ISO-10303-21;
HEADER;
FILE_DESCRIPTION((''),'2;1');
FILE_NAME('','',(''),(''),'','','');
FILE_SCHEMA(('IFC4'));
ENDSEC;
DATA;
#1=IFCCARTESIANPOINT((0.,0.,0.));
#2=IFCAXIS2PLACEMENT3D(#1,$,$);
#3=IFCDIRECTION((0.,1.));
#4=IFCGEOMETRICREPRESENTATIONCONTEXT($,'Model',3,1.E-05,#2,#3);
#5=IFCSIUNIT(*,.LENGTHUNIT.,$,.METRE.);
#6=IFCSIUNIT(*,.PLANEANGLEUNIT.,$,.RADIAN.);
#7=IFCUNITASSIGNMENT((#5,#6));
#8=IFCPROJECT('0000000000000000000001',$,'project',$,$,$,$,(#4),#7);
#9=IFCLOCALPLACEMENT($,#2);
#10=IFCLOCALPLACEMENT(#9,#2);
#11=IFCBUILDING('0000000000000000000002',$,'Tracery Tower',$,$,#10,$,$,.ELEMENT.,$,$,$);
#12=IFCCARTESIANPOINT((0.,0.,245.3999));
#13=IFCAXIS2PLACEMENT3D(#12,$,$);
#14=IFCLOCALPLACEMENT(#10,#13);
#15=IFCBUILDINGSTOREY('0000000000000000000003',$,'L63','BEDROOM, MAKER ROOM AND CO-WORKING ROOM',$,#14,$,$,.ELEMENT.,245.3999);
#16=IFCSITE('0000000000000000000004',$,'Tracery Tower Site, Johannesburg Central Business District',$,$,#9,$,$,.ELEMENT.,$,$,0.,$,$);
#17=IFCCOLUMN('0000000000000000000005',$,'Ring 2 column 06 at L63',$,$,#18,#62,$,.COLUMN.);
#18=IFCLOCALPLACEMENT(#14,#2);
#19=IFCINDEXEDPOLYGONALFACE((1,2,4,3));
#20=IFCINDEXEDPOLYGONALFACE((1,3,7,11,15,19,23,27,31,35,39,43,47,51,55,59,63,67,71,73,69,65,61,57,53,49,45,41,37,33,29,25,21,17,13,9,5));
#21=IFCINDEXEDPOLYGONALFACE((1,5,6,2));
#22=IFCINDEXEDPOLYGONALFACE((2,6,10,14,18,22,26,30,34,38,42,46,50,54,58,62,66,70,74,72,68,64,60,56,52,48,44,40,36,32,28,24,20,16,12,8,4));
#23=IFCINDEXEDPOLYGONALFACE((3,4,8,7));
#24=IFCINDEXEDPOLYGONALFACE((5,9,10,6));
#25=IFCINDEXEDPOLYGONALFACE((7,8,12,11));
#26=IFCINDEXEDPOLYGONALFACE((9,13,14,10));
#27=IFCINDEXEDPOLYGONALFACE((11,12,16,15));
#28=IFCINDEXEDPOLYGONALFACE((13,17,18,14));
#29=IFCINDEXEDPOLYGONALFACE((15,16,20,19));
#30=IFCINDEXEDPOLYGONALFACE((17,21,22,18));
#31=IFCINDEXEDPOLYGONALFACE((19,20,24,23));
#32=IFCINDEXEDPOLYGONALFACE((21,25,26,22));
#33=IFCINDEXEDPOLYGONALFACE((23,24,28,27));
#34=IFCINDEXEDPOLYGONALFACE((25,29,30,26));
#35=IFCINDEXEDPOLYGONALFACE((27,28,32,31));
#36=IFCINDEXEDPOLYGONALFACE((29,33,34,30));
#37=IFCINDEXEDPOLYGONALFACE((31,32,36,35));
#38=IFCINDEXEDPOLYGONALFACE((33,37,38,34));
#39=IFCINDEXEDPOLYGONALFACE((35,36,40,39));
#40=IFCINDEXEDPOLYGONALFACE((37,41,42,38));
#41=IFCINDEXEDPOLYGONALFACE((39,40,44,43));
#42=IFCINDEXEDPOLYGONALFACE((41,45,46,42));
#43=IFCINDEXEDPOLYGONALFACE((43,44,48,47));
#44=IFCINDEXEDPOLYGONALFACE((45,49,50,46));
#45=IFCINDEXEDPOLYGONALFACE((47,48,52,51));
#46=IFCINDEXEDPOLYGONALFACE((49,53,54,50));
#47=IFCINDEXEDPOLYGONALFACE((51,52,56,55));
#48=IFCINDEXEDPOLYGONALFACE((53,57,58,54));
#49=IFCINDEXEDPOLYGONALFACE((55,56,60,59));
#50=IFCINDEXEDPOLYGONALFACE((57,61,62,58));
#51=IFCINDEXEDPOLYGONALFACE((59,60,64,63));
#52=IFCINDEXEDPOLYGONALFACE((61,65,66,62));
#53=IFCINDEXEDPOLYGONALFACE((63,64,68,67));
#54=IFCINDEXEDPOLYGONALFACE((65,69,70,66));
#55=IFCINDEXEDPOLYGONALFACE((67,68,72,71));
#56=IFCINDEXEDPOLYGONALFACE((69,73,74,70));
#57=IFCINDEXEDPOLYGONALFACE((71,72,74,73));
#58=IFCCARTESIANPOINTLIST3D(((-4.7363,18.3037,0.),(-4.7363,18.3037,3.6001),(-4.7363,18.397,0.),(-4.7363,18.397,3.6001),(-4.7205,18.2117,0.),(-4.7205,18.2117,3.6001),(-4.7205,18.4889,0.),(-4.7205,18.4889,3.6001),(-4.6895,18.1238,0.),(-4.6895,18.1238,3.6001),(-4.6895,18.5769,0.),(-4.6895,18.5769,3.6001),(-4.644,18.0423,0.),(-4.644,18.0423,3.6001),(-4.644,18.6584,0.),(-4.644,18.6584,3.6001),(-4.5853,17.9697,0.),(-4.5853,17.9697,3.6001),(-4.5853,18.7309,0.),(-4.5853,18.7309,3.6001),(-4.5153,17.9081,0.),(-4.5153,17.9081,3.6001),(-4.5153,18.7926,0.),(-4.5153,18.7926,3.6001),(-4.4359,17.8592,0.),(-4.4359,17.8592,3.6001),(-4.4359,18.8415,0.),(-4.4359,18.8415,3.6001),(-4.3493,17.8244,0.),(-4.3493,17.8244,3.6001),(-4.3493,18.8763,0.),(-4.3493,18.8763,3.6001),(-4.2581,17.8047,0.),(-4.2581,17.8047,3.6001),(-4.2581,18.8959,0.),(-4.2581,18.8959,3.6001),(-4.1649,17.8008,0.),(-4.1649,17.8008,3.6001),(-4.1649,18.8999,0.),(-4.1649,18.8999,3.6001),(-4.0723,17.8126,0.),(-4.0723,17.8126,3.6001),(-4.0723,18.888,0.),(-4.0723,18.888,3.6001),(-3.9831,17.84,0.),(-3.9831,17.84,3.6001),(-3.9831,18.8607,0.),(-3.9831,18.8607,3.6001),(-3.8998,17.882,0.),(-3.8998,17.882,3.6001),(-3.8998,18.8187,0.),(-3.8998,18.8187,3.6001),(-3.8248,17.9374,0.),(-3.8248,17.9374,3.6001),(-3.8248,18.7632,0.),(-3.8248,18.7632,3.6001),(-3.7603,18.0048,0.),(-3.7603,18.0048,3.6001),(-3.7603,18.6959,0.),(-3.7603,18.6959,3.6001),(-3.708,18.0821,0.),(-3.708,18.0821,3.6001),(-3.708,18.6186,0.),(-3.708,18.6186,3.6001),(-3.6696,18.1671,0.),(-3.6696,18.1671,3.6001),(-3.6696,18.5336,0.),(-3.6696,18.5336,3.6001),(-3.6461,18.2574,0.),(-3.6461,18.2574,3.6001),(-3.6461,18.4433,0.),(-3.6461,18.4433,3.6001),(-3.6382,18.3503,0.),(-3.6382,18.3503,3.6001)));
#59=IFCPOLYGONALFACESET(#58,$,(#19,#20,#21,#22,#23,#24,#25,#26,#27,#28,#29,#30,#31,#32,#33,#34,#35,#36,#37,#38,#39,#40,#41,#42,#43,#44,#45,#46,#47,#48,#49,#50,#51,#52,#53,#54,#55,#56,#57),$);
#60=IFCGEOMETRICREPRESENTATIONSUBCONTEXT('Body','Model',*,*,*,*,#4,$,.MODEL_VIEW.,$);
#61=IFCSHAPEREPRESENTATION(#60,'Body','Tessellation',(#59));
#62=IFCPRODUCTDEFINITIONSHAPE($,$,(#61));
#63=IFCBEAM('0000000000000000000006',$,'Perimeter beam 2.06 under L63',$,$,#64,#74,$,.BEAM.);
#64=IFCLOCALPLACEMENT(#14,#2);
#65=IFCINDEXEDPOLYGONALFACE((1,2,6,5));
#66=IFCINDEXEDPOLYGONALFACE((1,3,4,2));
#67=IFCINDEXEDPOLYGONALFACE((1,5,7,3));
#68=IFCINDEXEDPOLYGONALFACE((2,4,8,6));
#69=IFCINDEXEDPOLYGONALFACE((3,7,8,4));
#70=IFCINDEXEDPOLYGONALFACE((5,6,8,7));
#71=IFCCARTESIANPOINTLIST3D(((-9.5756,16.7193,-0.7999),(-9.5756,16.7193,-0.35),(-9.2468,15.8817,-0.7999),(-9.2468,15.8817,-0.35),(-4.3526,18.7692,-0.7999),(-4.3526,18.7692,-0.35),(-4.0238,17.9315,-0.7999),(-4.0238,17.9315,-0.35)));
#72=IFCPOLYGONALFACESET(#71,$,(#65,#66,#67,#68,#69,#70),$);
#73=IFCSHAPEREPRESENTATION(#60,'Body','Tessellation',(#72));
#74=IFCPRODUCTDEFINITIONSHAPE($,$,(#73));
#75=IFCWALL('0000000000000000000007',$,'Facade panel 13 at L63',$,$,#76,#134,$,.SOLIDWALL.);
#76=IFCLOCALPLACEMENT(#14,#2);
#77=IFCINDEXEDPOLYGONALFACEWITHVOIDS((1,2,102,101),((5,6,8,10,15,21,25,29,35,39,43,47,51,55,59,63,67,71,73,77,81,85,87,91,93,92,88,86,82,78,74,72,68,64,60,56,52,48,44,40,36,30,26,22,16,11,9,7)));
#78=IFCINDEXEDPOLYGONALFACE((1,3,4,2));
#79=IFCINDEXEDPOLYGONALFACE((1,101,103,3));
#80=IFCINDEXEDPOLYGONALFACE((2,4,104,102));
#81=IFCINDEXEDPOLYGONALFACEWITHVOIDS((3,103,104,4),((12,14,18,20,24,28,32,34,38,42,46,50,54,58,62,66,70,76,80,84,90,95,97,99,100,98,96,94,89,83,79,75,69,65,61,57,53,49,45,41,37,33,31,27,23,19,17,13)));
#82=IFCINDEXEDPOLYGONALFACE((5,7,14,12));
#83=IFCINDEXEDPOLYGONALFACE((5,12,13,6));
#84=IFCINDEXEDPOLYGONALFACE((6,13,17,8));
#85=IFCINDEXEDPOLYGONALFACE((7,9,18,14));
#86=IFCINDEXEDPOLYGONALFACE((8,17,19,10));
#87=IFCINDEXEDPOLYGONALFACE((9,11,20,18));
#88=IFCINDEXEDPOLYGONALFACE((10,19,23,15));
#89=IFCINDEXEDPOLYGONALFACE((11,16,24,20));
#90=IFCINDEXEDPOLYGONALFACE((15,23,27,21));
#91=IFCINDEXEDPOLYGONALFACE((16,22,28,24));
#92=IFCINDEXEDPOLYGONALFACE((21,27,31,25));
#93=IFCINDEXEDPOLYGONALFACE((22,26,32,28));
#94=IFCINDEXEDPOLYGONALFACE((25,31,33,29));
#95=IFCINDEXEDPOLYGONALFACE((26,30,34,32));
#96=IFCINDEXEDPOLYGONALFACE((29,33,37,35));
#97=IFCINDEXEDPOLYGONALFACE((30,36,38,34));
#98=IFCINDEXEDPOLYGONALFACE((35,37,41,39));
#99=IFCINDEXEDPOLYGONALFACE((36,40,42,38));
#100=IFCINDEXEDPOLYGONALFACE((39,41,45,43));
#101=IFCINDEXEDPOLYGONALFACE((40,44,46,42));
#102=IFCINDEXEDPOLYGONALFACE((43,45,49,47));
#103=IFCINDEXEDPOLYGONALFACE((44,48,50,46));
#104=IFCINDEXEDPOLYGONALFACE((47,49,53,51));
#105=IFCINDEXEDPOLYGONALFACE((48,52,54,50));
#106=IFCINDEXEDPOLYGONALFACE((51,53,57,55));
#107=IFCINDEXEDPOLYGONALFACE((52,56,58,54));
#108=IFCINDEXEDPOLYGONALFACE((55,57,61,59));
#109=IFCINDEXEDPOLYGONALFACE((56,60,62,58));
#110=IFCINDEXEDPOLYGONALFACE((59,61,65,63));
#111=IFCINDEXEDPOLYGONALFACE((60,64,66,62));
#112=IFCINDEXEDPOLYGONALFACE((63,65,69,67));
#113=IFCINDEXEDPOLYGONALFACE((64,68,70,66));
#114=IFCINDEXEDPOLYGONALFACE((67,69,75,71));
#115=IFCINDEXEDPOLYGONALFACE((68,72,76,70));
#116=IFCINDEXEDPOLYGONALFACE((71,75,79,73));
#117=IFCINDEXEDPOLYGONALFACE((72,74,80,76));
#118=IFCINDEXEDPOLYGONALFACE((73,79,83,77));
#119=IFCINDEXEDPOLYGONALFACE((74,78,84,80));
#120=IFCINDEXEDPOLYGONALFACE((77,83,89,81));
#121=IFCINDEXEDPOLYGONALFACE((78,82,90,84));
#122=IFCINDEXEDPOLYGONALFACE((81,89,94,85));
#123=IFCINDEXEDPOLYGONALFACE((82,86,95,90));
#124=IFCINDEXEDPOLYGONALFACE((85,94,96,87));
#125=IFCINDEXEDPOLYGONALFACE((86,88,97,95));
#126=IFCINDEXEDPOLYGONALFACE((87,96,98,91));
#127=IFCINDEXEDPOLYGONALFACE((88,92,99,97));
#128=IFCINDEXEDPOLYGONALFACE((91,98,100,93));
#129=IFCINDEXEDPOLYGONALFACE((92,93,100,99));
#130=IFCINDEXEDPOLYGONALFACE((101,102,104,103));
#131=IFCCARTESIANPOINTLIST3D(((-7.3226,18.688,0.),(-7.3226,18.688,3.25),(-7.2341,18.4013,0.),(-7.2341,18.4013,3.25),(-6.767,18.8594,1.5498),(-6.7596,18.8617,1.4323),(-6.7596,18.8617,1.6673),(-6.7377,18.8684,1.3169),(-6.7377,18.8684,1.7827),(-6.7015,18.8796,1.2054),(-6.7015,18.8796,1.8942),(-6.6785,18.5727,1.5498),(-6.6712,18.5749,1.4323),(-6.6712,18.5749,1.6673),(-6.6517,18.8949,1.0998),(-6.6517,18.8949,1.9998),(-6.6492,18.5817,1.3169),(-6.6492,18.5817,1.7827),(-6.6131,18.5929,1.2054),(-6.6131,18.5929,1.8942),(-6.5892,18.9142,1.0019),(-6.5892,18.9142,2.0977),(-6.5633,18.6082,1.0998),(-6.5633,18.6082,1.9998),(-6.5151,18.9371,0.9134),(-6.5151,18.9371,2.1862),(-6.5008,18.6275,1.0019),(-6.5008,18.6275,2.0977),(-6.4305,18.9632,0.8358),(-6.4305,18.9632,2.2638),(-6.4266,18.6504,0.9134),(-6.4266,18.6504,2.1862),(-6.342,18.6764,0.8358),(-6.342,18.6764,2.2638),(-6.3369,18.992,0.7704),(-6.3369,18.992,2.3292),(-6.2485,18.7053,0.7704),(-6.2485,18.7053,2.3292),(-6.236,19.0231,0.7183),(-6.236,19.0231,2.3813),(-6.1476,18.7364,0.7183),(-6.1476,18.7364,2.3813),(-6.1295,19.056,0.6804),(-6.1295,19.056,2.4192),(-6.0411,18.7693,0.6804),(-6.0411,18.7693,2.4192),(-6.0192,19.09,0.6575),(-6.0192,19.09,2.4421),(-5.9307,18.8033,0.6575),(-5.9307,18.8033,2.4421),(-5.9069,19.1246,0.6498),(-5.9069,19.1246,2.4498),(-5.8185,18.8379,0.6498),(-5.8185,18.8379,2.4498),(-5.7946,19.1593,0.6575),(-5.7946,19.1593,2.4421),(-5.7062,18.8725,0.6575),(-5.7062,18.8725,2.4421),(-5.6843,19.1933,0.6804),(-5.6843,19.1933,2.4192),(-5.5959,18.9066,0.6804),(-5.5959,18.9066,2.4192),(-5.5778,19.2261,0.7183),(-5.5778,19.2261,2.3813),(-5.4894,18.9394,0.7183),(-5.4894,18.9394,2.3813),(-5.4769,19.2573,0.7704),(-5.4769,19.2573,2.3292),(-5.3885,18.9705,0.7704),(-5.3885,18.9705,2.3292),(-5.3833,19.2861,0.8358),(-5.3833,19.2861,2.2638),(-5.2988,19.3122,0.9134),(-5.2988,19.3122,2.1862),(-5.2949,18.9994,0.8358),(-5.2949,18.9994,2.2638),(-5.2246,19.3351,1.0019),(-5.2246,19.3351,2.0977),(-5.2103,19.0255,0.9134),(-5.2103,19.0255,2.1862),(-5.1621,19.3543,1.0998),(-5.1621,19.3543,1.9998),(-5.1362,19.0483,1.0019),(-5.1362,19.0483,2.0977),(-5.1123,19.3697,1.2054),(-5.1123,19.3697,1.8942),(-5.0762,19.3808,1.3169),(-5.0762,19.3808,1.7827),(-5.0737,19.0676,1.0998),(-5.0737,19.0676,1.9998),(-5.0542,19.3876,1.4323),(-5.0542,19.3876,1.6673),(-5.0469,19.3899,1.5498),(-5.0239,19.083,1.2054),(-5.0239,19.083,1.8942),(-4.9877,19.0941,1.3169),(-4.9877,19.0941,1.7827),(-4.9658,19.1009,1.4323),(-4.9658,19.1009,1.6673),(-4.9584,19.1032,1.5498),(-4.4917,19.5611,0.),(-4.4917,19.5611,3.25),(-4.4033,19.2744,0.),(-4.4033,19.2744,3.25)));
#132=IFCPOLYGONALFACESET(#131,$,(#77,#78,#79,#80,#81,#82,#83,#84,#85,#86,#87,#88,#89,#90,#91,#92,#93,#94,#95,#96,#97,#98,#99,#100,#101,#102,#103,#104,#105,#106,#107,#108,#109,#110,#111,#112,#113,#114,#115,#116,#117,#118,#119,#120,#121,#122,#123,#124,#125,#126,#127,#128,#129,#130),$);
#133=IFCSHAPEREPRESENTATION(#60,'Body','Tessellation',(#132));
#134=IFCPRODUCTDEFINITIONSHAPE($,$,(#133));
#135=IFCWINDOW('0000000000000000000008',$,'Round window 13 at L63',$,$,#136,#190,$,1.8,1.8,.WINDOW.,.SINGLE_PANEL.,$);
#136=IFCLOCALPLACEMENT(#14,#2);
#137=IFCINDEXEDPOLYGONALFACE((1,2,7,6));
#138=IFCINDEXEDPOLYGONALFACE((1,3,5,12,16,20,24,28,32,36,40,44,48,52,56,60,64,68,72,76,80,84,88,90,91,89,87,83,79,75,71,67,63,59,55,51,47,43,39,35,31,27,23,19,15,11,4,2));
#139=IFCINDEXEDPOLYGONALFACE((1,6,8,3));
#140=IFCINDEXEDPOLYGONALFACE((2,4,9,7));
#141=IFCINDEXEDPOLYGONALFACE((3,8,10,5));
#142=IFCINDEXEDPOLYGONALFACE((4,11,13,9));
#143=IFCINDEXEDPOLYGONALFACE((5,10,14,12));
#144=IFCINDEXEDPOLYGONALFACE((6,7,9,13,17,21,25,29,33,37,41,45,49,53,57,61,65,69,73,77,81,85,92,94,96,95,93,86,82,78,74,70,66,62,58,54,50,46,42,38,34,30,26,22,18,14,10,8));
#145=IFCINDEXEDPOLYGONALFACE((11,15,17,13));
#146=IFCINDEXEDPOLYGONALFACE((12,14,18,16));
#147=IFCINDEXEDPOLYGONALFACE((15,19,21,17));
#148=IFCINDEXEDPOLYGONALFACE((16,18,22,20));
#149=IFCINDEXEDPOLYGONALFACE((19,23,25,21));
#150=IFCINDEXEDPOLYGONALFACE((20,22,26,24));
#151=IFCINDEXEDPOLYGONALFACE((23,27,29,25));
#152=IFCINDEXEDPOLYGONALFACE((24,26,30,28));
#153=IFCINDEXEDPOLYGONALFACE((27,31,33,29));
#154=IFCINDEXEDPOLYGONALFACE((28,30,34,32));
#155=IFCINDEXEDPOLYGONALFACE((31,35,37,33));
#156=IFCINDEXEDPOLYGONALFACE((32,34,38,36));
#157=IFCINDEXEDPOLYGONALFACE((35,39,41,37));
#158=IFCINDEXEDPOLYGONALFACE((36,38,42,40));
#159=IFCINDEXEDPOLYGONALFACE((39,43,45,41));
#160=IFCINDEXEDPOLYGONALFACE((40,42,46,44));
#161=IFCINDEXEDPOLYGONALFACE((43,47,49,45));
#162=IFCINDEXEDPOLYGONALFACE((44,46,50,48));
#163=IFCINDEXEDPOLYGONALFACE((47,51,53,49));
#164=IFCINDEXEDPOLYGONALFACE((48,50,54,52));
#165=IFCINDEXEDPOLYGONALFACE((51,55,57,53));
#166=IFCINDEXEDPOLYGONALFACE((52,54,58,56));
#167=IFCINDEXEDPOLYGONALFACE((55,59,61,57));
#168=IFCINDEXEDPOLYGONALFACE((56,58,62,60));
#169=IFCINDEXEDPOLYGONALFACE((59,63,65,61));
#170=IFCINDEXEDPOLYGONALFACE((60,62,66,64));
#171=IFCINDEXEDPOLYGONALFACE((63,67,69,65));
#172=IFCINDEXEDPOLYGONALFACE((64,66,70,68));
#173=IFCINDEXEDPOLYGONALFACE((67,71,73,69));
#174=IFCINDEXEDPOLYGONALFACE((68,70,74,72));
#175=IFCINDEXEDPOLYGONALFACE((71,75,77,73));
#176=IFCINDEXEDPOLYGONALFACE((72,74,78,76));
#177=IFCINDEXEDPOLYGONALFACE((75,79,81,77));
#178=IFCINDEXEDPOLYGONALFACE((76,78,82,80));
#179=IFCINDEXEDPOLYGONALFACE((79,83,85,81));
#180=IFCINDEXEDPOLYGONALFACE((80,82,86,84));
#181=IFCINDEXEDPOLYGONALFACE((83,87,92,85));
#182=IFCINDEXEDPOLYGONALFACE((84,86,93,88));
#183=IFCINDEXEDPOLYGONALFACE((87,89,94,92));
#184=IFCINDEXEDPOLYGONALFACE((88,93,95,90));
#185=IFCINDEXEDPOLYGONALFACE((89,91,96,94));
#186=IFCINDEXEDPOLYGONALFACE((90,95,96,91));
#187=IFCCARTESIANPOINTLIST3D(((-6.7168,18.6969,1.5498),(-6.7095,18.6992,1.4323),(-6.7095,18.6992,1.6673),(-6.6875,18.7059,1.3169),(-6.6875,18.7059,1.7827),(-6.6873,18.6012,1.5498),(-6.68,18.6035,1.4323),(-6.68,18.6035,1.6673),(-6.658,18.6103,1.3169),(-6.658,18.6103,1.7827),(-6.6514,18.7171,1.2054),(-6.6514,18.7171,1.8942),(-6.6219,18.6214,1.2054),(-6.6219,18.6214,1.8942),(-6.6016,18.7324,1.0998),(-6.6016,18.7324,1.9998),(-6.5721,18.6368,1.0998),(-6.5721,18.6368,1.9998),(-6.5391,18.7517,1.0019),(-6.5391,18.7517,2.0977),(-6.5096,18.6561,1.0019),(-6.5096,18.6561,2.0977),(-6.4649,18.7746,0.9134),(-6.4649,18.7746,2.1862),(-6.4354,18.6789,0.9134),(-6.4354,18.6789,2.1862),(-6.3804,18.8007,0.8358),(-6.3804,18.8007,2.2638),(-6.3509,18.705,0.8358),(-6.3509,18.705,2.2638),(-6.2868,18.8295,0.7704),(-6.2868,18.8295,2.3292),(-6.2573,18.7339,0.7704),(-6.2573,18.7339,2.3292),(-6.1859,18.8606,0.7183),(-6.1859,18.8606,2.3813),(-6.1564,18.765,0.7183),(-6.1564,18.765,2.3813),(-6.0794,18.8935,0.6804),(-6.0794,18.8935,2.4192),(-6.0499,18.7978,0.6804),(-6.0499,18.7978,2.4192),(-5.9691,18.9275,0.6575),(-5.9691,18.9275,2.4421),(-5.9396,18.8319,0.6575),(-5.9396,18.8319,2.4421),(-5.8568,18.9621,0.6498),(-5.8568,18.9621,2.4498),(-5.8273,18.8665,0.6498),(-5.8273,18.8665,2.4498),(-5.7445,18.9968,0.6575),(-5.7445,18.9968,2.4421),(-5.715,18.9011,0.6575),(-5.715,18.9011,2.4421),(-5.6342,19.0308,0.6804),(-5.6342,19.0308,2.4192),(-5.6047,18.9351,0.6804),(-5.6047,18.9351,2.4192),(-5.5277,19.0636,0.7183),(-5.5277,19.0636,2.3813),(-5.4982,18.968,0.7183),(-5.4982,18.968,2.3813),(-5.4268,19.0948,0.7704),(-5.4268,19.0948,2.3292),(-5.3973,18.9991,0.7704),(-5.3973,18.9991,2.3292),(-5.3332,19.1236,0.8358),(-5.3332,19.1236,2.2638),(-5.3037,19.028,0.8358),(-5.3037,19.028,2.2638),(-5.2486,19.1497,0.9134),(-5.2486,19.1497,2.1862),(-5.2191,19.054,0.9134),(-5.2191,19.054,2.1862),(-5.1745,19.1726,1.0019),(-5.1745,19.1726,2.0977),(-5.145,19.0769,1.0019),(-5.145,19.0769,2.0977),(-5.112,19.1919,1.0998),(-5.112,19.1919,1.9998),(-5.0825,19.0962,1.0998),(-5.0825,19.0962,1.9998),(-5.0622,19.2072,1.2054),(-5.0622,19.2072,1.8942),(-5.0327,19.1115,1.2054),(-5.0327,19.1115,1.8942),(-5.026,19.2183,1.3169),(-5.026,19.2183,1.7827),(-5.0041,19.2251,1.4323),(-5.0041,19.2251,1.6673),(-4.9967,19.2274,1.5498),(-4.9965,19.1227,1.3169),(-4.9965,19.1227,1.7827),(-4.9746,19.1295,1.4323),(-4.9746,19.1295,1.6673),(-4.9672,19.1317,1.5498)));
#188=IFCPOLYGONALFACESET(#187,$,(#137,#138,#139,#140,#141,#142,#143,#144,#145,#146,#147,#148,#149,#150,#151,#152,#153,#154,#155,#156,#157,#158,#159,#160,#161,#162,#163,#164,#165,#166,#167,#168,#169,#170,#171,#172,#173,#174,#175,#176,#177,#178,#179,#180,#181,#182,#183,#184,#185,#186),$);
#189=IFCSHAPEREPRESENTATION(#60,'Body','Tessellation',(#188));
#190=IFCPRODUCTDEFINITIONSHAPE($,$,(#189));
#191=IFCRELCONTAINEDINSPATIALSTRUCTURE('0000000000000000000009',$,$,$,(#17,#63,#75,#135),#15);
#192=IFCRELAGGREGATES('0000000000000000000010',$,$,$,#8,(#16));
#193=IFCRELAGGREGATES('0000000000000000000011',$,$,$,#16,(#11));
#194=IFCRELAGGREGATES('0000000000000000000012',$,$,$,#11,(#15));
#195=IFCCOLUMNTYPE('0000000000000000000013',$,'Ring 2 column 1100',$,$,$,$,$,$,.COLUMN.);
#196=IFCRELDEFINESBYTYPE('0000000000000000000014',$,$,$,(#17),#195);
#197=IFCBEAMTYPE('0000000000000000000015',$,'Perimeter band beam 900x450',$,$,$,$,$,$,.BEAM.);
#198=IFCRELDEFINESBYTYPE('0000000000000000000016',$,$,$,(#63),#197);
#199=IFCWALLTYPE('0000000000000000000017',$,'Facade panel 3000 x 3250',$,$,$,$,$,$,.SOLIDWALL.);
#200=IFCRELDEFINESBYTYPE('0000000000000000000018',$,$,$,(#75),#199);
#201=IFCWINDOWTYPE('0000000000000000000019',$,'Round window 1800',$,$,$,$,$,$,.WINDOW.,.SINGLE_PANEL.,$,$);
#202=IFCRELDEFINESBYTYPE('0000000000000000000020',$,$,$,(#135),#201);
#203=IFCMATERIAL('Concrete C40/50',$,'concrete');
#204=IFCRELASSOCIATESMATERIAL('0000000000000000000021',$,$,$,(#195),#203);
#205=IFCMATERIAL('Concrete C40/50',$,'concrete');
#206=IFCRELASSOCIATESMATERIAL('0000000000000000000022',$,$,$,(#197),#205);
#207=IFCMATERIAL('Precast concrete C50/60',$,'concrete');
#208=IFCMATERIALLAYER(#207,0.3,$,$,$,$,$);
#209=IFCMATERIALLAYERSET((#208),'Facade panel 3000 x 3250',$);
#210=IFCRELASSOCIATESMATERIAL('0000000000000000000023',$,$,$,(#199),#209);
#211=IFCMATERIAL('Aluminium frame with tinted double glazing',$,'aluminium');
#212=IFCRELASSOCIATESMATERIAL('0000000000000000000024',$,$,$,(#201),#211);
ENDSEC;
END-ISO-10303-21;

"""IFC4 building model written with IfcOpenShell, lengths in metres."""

from ifc_helpers import new_model, si_unit, direction, frame, frame_2d, origin, origin_2d, place, context, subcontext, project, spatial, rectangle, circle, extrude, material, layer, layer_set, material_profile, profile_set, type_object, element, fill, save


model = new_model("IFC4")

# Units and contexts
model_context = context("Model", 3, precision=1e-05, world=origin(), true_north=direction((0.0, 1.0)))
body_context = subcontext(model_context, "Body", "Model", "MODEL_VIEW")
ifc_project = project(units=[si_unit("LENGTHUNIT", "METRE"), si_unit("PLANEANGLEUNIT", "RADIAN")], contexts=[model_context])

# Site, building, storey
site_placement = place(None, origin())
site = spatial("IfcSite", under=ifc_project, at=site_placement, Name="Tracery Tower Site, Johannesburg Central Business District", CompositionType="ELEMENT", RefElevation=0.0)
building_placement = place(site_placement, origin())
building = spatial("IfcBuilding", under=site, at=building_placement, Name="Tracery Tower", CompositionType="ELEMENT")
storey_placement = place(building_placement, frame((0.0, 0.0, 245.3999)))
storey = spatial("IfcBuildingStorey", under=building, at=storey_placement, Name="L63", Description="BEDROOM, MAKER ROOM AND CO-WORKING ROOM", CompositionType="ELEMENT", Elevation=245.3999)

# Column
ifc_material_1 = material(Name="Concrete C40/50", Category="concrete")
ifc_material_profile_1 = material_profile(ifc_material_1, circle(Radius=0.55, at=origin_2d()), Name="RC D1100")
ifc_profile_set_1 = profile_set([ifc_material_profile_1], Name="Concrete C40/50")
column_type = type_object("IfcColumnType", Name="Ring 2 column 1100", PredefinedType="COLUMN", material=ifc_profile_set_1)
column_placement = place(storey_placement, frame((-4.1882, 18.3503, 0.0), z_axis=(0.0, 0.0, 1.0), x_axis=(1.0, 0.0, 0.0)))
element("IfcColumn", 1, at=column_placement, inside=storey, type_object=column_type, Name="Ring 2 column 06 at L63", PredefinedType="COLUMN", context=body_context, shape_type="SweptSolid", body=[
    extrude(circle(Radius=0.55, at=origin_2d()), origin(), (0.0, 0.0, 1.0), 3.6001),
])

# Beam
ifc_material_2 = material(Name="Concrete C40/50", Category="concrete")
ifc_material_profile_2 = material_profile(ifc_material_2, rectangle(XDim=0.8999, YDim=0.45, at=origin_2d()), Name="RC 900x450")
ifc_profile_set_2 = profile_set([ifc_material_profile_2], Name="Concrete C40/50")
beam_type = type_object("IfcBeamType", Name="Perimeter band beam 900x450", PredefinedType="BEAM", material=ifc_profile_set_2)
beam_placement = place(storey_placement, frame((-4.1882, 18.3503, -0.575), z_axis=(-0.930876, -0.365336, 0.0), x_axis=(0.365336, -0.930876, 0.0)))
element("IfcBeam", 2, at=beam_placement, inside=storey, type_object=beam_type, Name="Perimeter beam 2.06 under L63", PredefinedType="BEAM", context=body_context, shape_type="SweptSolid", body=[
    extrude(rectangle(XDim=0.8999, YDim=0.45, at=origin_2d()), origin(), (0.0, 0.0, 1.0), 5.6108),
])

# Wall, opening, window
ifc_material_3 = material(Name="Precast concrete C50/60", Category="concrete")
ifc_layer_1 = layer(ifc_material_3, 0.3)
ifc_layer_set_1 = layer_set([ifc_layer_1], Name="Facade panel 3000 x 3250")
wall_type_1 = type_object("IfcWallType", Name="Facade panel 3000 x 3250", PredefinedType="SOLIDWALL", material=ifc_layer_set_1)
wall_1_placement = place(storey_placement, frame((-4.4475, 19.4177, 0.0), z_axis=(0.0, 0.0, 1.0), x_axis=(-0.955586, -0.294711, 0.0)))
wall_1 = element("IfcWall", 3, at=wall_1_placement, inside=storey, type_object=wall_type_1, Name="Facade panel 13 at L63", PredefinedType="SOLIDWALL", context=body_context, shape_type="SweptSolid", body=[
    extrude(rectangle(XDim=2.9624, YDim=0.3, at=frame_2d((1.4812, 0.0))), origin(), (0.0, 0.0, 1.0), 3.25),
])
opening_1_placement = place(wall_1_placement, frame((1.481, 0.0, 1.5498)))
opening_1 = element("IfcOpeningElement", 4, at=opening_1_placement, cuts=wall_1, PredefinedType="OPENING", context=body_context, shape_type="SweptSolid", body=[
    extrude(circle(Radius=0.9, at=origin_2d()), frame((0.0, 0.1599, 0.0), z_axis=(0.0, -1.0, 0.0), x_axis=(1.0, 0.0, 0.0)), (0.0, 0.0, 1.0), 0.3201),
])
ifc_material_4 = material(Name="Aluminium frame with tinted double glazing", Category="aluminium")
window_type = type_object("IfcWindowType", Name="Round window 1800", PartitioningType="SINGLE_PANEL", PredefinedType="WINDOW", material=ifc_material_4)
window_1_placement = place(opening_1_placement, origin())
window_1 = element("IfcWindow", 5, at=window_1_placement, inside=storey, type_object=window_type, Name="Round window 13 at L63", OverallHeight=1.8, OverallWidth=1.8, PartitioningType="SINGLE_PANEL", PredefinedType="WINDOW", context=body_context, shape_type="SweptSolid", body=[
    extrude(circle(Radius=0.9, at=origin_2d()), frame((0.0, 0.1201, 0.0), z_axis=(0.0, -1.0, 0.0), x_axis=(1.0, 0.0, 0.0)), (0.0, 0.0, 1.0), 0.1001),
])
fill(opening_1, window_1)

save(model, "model.ifc")
